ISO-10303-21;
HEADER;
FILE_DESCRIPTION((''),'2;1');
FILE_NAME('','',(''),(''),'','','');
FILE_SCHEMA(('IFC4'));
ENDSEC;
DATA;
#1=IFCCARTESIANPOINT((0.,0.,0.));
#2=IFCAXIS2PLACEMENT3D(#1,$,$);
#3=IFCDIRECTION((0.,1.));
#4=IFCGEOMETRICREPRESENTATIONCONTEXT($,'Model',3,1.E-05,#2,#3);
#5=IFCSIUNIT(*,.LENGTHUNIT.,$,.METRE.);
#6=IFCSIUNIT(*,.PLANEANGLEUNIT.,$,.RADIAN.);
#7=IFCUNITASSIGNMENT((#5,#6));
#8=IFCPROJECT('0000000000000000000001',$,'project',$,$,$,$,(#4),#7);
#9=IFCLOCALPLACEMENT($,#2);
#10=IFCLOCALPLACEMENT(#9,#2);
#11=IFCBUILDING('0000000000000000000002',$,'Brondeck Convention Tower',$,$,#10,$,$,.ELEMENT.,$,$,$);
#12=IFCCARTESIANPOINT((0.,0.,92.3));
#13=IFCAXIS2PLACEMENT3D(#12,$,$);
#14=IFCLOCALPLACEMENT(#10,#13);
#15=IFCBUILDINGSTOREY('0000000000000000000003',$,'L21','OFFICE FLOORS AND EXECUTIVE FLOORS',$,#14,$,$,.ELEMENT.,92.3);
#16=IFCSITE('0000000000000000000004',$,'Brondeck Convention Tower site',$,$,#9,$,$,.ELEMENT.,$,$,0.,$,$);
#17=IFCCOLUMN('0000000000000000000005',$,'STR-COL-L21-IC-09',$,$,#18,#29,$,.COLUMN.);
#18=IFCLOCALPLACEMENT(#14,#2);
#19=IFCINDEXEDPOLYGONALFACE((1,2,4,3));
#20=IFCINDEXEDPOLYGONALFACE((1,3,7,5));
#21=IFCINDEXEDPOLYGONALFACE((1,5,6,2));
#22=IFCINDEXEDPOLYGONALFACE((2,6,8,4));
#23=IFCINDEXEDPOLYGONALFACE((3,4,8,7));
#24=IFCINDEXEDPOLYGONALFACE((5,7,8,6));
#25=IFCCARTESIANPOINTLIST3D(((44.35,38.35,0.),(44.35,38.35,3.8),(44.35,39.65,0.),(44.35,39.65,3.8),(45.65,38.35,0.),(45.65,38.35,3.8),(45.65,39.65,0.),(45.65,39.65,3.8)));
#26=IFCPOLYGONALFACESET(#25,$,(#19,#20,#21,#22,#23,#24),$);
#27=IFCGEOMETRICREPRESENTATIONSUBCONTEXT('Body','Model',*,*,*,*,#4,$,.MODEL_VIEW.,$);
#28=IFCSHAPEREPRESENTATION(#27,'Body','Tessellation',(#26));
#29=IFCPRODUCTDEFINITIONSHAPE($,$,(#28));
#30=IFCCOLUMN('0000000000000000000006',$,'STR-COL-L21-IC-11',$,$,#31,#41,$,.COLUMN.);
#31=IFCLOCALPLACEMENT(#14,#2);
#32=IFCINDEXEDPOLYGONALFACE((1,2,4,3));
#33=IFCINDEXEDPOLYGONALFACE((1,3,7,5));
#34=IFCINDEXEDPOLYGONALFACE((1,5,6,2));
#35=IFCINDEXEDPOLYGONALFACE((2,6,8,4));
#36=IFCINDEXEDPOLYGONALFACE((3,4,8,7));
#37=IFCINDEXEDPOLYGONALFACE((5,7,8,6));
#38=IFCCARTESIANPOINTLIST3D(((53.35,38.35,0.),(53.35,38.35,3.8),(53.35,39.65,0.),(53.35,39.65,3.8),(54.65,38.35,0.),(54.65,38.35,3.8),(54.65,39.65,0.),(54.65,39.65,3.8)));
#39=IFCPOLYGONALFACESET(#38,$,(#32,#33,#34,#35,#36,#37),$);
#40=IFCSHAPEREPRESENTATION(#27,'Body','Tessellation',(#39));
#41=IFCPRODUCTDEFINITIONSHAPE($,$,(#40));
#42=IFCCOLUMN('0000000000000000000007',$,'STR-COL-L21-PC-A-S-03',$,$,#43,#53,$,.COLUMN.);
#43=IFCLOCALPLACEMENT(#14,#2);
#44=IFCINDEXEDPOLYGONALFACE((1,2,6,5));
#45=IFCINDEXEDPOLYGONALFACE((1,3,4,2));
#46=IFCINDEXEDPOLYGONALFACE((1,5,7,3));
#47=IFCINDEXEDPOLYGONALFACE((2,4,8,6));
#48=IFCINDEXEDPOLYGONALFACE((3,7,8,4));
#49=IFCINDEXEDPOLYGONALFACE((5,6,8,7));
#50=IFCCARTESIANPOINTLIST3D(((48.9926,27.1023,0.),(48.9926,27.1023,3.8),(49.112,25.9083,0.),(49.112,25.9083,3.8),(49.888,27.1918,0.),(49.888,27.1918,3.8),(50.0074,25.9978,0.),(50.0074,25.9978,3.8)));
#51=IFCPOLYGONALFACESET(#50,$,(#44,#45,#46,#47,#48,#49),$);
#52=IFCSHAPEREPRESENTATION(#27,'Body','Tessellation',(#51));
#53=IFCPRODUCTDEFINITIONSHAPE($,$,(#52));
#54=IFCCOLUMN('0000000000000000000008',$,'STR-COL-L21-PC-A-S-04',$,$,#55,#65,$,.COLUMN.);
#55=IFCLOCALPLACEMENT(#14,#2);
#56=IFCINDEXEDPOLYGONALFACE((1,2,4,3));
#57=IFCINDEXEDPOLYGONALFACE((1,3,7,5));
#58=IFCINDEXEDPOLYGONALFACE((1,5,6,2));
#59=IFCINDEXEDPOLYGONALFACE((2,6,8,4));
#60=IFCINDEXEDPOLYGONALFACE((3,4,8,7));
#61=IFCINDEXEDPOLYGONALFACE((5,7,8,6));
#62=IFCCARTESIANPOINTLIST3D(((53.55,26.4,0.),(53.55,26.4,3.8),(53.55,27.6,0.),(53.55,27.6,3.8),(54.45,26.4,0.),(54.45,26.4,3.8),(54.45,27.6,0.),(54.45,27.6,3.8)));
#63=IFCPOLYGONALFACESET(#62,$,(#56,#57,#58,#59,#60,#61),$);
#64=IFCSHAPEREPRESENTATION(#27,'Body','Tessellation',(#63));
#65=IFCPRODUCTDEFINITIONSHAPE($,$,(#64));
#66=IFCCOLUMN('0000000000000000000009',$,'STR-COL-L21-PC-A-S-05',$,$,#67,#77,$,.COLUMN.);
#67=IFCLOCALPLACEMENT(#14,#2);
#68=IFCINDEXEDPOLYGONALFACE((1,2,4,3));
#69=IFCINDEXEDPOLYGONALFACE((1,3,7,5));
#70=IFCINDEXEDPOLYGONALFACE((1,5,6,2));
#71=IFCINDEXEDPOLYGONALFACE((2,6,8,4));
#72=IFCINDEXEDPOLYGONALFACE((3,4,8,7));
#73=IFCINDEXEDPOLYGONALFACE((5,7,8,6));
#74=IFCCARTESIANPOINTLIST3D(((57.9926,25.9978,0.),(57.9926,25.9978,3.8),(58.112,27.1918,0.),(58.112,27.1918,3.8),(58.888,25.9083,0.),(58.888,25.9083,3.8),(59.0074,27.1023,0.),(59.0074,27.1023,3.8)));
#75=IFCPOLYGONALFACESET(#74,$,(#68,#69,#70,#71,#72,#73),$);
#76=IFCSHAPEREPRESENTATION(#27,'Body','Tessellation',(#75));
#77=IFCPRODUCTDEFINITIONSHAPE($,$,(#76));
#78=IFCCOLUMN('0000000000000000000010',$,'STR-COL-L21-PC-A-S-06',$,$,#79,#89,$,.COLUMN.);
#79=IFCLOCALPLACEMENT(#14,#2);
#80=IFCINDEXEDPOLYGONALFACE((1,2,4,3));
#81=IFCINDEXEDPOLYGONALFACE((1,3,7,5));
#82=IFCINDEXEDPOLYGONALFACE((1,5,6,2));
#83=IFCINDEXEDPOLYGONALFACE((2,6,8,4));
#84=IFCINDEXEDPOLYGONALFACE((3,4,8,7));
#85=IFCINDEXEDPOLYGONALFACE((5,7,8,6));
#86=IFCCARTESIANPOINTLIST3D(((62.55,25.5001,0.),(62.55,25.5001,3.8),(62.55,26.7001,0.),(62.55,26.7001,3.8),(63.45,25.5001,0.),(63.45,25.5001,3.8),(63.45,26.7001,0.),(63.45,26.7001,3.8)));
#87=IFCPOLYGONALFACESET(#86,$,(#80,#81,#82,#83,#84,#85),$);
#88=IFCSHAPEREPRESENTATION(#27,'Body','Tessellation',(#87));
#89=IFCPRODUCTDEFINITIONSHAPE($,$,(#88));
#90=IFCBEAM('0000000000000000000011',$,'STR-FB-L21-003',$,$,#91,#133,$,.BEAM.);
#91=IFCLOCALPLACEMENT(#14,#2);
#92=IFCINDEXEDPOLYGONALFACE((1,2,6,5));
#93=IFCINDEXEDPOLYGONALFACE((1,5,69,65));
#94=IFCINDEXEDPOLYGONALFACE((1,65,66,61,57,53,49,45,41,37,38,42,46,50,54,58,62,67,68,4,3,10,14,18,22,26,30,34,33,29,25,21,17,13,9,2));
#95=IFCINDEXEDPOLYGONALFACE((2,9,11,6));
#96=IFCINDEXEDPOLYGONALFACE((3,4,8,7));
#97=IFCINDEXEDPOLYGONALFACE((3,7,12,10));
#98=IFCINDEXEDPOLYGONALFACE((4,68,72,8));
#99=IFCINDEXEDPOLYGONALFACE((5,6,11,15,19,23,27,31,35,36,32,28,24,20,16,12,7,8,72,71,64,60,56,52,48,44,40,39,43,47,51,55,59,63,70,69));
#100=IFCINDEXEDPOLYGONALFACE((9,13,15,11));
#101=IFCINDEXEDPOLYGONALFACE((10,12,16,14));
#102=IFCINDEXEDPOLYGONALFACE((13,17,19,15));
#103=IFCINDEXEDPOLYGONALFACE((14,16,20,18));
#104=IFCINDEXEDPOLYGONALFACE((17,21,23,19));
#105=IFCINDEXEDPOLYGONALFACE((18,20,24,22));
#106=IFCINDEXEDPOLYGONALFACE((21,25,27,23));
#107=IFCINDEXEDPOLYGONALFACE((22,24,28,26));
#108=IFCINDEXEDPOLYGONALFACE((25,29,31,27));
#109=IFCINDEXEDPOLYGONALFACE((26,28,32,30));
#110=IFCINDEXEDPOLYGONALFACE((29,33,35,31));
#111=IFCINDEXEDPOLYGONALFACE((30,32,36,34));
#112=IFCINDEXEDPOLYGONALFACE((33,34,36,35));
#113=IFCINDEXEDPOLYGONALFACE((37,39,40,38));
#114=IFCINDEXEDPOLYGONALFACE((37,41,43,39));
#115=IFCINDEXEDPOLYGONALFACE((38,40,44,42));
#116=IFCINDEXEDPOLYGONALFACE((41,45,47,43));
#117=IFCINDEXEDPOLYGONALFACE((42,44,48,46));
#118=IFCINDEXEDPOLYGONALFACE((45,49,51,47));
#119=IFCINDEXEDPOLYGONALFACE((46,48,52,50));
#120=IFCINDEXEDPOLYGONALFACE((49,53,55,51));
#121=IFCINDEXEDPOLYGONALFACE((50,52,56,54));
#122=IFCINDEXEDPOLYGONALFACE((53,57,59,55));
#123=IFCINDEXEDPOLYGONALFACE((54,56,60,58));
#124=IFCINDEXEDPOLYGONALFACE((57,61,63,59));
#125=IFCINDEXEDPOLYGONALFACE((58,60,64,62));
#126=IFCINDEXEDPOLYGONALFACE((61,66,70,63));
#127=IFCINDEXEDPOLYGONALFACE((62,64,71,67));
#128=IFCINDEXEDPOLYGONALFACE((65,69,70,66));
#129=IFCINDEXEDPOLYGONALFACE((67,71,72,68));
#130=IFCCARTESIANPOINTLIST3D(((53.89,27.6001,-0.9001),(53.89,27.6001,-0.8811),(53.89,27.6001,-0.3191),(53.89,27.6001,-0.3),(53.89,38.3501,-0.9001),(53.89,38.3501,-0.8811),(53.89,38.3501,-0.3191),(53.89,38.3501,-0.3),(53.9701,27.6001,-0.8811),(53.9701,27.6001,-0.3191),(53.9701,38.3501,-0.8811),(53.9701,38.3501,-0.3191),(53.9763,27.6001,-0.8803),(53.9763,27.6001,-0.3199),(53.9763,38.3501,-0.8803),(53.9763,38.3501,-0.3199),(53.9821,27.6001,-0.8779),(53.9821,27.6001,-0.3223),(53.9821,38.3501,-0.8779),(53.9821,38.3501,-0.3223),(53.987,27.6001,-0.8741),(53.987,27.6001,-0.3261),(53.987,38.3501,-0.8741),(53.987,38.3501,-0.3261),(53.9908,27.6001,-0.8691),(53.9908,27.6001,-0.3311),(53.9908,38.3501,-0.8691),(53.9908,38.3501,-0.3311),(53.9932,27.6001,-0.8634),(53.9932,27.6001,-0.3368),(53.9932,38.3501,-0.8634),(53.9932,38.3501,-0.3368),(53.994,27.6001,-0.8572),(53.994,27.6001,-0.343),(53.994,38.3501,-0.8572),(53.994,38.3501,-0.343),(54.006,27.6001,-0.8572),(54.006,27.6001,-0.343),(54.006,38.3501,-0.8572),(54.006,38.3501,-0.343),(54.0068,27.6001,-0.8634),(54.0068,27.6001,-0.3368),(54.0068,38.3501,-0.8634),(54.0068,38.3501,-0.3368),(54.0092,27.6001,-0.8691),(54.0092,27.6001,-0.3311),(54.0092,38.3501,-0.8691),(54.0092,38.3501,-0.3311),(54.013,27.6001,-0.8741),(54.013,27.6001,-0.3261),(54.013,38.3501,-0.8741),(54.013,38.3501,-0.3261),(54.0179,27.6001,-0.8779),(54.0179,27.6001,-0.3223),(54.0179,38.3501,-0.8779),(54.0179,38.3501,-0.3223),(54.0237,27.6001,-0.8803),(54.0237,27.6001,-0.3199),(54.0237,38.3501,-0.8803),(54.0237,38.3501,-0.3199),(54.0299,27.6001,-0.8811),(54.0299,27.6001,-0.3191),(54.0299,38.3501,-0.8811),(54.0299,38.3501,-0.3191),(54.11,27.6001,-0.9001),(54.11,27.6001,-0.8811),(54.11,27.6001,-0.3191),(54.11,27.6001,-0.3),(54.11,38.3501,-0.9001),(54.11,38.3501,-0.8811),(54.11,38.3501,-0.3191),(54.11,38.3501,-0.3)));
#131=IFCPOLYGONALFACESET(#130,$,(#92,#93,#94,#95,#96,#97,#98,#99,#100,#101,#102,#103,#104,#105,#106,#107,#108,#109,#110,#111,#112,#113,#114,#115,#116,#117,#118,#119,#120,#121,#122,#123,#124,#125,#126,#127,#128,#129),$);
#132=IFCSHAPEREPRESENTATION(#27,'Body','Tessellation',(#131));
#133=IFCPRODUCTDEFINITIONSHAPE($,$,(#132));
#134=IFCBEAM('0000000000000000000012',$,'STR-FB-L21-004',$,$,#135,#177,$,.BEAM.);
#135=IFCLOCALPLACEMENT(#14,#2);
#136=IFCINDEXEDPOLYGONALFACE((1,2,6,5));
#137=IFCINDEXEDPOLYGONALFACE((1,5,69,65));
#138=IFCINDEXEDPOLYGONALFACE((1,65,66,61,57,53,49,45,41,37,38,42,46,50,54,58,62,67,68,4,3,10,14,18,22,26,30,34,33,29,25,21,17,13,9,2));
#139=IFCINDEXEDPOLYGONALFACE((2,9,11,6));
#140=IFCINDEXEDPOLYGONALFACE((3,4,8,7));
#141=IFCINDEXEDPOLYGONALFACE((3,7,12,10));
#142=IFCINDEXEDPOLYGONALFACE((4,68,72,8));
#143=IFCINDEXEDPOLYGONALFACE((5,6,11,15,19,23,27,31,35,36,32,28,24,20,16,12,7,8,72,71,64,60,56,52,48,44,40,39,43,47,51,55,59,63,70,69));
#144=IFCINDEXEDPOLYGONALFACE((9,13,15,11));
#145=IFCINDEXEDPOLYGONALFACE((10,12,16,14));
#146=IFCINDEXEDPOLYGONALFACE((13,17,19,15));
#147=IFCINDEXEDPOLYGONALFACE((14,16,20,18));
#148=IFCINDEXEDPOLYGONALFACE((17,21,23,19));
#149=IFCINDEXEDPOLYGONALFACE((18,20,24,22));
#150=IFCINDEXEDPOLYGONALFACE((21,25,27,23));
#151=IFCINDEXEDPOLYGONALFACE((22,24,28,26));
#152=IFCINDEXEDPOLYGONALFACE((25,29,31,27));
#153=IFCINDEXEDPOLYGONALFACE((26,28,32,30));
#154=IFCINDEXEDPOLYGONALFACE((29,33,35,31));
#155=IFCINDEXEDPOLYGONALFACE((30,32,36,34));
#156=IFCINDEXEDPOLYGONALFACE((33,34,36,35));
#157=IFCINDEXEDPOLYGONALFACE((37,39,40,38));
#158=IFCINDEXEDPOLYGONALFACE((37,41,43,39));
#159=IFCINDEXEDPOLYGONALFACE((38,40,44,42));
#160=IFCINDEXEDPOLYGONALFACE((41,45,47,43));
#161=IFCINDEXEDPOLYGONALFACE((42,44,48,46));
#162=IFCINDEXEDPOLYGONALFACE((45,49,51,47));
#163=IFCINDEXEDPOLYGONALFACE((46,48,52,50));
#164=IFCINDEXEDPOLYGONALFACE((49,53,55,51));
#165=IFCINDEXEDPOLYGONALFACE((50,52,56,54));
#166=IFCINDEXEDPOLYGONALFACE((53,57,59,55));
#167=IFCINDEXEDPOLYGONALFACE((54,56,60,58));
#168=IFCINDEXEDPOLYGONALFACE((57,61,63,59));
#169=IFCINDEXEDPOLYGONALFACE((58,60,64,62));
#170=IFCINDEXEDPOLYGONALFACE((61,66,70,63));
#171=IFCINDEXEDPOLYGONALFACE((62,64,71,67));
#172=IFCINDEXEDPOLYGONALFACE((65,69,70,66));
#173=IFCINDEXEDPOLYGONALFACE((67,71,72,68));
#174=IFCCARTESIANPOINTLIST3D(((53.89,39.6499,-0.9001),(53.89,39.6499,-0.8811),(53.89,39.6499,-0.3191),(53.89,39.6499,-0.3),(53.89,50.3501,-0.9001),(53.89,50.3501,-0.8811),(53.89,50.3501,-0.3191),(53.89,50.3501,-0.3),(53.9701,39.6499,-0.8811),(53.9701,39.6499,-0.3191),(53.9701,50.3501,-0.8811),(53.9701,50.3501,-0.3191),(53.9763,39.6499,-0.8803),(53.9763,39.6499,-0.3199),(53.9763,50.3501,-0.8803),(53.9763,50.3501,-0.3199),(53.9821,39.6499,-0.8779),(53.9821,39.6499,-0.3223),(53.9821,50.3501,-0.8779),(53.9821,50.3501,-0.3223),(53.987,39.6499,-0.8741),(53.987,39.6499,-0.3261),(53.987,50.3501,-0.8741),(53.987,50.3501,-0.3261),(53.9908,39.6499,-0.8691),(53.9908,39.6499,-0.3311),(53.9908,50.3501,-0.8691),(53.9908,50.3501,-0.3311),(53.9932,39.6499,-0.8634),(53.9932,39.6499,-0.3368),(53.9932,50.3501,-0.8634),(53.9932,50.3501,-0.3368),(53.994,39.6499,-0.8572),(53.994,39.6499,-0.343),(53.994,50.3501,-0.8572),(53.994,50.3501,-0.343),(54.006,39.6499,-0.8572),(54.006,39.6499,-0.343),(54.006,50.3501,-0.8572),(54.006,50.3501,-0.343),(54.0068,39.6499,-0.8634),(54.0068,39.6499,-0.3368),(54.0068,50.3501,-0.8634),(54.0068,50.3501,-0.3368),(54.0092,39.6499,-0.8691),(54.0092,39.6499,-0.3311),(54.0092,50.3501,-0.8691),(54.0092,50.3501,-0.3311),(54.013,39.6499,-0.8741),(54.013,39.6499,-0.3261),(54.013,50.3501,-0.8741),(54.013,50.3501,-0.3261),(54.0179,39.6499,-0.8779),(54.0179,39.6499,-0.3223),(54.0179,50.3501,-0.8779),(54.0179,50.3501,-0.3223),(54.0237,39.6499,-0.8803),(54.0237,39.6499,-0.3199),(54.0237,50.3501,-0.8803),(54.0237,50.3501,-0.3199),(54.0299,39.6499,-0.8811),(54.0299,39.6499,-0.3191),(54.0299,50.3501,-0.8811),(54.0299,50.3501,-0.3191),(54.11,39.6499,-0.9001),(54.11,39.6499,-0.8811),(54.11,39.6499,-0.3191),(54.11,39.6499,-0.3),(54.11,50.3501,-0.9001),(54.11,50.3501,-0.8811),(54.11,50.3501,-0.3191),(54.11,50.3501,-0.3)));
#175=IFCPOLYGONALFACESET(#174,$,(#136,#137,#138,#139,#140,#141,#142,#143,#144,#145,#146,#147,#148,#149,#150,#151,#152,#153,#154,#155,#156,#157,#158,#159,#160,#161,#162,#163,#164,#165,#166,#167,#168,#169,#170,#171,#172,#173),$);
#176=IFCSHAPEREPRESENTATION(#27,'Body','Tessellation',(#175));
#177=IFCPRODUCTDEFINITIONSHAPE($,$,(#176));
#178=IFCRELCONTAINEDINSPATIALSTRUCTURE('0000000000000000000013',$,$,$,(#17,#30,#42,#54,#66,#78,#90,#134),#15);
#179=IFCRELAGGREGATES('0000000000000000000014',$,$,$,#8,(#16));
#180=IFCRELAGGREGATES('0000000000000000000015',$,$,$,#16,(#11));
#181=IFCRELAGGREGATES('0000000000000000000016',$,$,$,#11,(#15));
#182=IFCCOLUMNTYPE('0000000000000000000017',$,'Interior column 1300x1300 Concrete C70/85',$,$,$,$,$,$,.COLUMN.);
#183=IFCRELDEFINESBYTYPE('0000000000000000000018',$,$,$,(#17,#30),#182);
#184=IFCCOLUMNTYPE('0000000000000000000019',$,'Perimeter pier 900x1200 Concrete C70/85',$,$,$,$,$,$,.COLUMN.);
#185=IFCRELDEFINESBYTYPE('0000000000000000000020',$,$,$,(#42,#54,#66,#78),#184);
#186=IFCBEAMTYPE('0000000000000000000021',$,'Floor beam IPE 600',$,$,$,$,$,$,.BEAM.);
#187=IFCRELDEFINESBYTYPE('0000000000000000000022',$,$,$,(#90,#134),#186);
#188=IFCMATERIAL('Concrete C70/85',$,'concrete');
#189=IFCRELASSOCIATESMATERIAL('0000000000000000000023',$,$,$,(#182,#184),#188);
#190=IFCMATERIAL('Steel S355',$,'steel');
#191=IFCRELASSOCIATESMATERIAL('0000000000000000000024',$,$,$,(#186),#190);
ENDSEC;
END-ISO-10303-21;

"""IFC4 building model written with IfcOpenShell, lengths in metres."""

from ifc_helpers import new_model, si_unit, direction, frame, origin, origin_2d, place, context, subcontext, project, spatial, rectangle, i_section, extrude, material, material_profile, profile_set, type_object, element, save


model = new_model("IFC4")

# Units and contexts
model_context = context("Model", 3, precision=1e-05, world=origin(), true_north=direction((0.0, 1.0)))
body_context = subcontext(model_context, "Body", "Model", "MODEL_VIEW")
ifc_project = project(units=[si_unit("LENGTHUNIT", "METRE"), si_unit("PLANEANGLEUNIT", "RADIAN")], contexts=[model_context])

# Site, building, storey
site_placement = place(None, origin())
site = spatial("IfcSite", under=ifc_project, at=site_placement, Name="Brondeck Convention Tower site", CompositionType="ELEMENT", RefElevation=0.0)
building_placement = place(site_placement, origin())
building = spatial("IfcBuilding", under=site, at=building_placement, Name="Brondeck Convention Tower", CompositionType="ELEMENT")
storey_placement = place(building_placement, frame((0.0, 0.0, 92.3)))
storey = spatial("IfcBuildingStorey", under=building, at=storey_placement, Name="L21", Description="OFFICE FLOORS AND EXECUTIVE FLOORS", CompositionType="ELEMENT", Elevation=92.3)

# Columns
ifc_material_1 = material(Name="Concrete C70/85", Category="concrete")
ifc_material_profile_1 = material_profile(ifc_material_1, rectangle(XDim=1.3, YDim=1.3, at=origin_2d()), Name="Interior column 1300x1300 Concrete C70/85")
ifc_profile_set_1 = profile_set([ifc_material_profile_1], Name="Concrete C70/85")
column_type_1 = type_object("IfcColumnType", Name="Interior column 1300x1300 Concrete C70/85", PredefinedType="COLUMN", material=ifc_profile_set_1)
for number, where, z_axis, x_axis, name in (
    (1, (45.0, 39.0, 0.0), (0.0, 0.0, 1.0), (1.0, 0.0, 0.0), "STR-COL-L21-IC-09"),
    (2, (54.0, 39.0, 0.0), (0.0, 0.0, 1.0), (1.0, 0.0, 0.0), "STR-COL-L21-IC-11"),
):
    element("IfcColumn", number, at=place(storey_placement, frame(where, z_axis=z_axis, x_axis=x_axis)), inside=storey, type_object=column_type_1, Name=name, PredefinedType="COLUMN", context=body_context, shape_type="SweptSolid", body=[
        extrude(rectangle(XDim=1.3, YDim=1.3, at=origin_2d()), origin(), (0.0, 0.0, 1.0), 3.8),
    ])
ifc_material_profile_2 = material_profile(ifc_material_1, rectangle(XDim=0.8999, YDim=1.2, at=origin_2d()), Name="Perimeter pier 900x1200 Concrete C70/85")
ifc_profile_set_2 = profile_set([ifc_material_profile_2], Name="Concrete C70/85")
column_type_2 = type_object("IfcColumnType", Name="Perimeter pier 900x1200 Concrete C70/85", PredefinedType="COLUMN", material=ifc_profile_set_2)
for number, where, z_axis, x_axis, name in (
    (3, (49.5, 26.55, 0.0), (0.0, 0.0, 1.0), (0.995037, 0.099504, 0.0), "STR-COL-L21-PC-A-S-03"),
    (4, (54.0, 27.0, 0.0), (0.0, 0.0, 1.0), (1.0, 0.0, 0.0), "STR-COL-L21-PC-A-S-04"),
    (5, (58.5, 26.55, 0.0), (0.0, 0.0, 1.0), (0.995037, -0.099504, 0.0), "STR-COL-L21-PC-A-S-05"),
    (6, (63.0, 26.1001, 0.0), (0.0, 0.0, 1.0), (1.0, 0.0, 0.0), "STR-COL-L21-PC-A-S-06"),
):
    element("IfcColumn", number, at=place(storey_placement, frame(where, z_axis=z_axis, x_axis=x_axis)), inside=storey, type_object=column_type_2, Name=name, PredefinedType="COLUMN", context=body_context, shape_type="SweptSolid", body=[
        extrude(rectangle(XDim=0.8999, YDim=1.2, at=origin_2d()), origin(), (0.0, 0.0, 1.0), 3.8),
    ])

# Beams
ifc_material_2 = material(Name="Steel S355", Category="steel")
ifc_material_profile_3 = material_profile(ifc_material_2, i_section(OverallWidth=0.22, OverallDepth=0.6001, WebThickness=0.012, FlangeThickness=0.019, FilletRadius=0.0239, at=origin_2d()), Name="IPE 600")
ifc_profile_set_3 = profile_set([ifc_material_profile_3], Name="Steel S355")
beam_type_1 = type_object("IfcBeamType", Name="Floor beam IPE 600", PredefinedType="BEAM", material=ifc_profile_set_3)
beam_1_placement = place(storey_placement, frame((54.0, 27.6001, -0.6001), z_axis=(0.0, 1.0, 0.0), x_axis=(-1.0, 0.0, 0.0)))
element("IfcBeam", 7, at=beam_1_placement, inside=storey, type_object=beam_type_1, Name="STR-FB-L21-003", PredefinedType="BEAM", context=body_context, shape_type="SweptSolid", body=[
    extrude(i_section(OverallWidth=0.22, OverallDepth=0.6001, WebThickness=0.012, FlangeThickness=0.019, FilletRadius=0.0239, at=origin_2d()), origin(), (0.0, 0.0, 1.0), 10.75),
])
beam_2_placement = place(storey_placement, frame((54.0, 39.6499, -0.6001), z_axis=(0.0, 1.0, 0.0), x_axis=(-1.0, 0.0, 0.0)))
element("IfcBeam", 8, at=beam_2_placement, inside=storey, type_object=beam_type_1, Name="STR-FB-L21-004", PredefinedType="BEAM", context=body_context, shape_type="SweptSolid", body=[
    extrude(i_section(OverallWidth=0.22, OverallDepth=0.6001, WebThickness=0.012, FlangeThickness=0.019, FilletRadius=0.0239, at=origin_2d()), origin(), (0.0, 0.0, 1.0), 10.7002),
])

save(model, "model.ifc")
